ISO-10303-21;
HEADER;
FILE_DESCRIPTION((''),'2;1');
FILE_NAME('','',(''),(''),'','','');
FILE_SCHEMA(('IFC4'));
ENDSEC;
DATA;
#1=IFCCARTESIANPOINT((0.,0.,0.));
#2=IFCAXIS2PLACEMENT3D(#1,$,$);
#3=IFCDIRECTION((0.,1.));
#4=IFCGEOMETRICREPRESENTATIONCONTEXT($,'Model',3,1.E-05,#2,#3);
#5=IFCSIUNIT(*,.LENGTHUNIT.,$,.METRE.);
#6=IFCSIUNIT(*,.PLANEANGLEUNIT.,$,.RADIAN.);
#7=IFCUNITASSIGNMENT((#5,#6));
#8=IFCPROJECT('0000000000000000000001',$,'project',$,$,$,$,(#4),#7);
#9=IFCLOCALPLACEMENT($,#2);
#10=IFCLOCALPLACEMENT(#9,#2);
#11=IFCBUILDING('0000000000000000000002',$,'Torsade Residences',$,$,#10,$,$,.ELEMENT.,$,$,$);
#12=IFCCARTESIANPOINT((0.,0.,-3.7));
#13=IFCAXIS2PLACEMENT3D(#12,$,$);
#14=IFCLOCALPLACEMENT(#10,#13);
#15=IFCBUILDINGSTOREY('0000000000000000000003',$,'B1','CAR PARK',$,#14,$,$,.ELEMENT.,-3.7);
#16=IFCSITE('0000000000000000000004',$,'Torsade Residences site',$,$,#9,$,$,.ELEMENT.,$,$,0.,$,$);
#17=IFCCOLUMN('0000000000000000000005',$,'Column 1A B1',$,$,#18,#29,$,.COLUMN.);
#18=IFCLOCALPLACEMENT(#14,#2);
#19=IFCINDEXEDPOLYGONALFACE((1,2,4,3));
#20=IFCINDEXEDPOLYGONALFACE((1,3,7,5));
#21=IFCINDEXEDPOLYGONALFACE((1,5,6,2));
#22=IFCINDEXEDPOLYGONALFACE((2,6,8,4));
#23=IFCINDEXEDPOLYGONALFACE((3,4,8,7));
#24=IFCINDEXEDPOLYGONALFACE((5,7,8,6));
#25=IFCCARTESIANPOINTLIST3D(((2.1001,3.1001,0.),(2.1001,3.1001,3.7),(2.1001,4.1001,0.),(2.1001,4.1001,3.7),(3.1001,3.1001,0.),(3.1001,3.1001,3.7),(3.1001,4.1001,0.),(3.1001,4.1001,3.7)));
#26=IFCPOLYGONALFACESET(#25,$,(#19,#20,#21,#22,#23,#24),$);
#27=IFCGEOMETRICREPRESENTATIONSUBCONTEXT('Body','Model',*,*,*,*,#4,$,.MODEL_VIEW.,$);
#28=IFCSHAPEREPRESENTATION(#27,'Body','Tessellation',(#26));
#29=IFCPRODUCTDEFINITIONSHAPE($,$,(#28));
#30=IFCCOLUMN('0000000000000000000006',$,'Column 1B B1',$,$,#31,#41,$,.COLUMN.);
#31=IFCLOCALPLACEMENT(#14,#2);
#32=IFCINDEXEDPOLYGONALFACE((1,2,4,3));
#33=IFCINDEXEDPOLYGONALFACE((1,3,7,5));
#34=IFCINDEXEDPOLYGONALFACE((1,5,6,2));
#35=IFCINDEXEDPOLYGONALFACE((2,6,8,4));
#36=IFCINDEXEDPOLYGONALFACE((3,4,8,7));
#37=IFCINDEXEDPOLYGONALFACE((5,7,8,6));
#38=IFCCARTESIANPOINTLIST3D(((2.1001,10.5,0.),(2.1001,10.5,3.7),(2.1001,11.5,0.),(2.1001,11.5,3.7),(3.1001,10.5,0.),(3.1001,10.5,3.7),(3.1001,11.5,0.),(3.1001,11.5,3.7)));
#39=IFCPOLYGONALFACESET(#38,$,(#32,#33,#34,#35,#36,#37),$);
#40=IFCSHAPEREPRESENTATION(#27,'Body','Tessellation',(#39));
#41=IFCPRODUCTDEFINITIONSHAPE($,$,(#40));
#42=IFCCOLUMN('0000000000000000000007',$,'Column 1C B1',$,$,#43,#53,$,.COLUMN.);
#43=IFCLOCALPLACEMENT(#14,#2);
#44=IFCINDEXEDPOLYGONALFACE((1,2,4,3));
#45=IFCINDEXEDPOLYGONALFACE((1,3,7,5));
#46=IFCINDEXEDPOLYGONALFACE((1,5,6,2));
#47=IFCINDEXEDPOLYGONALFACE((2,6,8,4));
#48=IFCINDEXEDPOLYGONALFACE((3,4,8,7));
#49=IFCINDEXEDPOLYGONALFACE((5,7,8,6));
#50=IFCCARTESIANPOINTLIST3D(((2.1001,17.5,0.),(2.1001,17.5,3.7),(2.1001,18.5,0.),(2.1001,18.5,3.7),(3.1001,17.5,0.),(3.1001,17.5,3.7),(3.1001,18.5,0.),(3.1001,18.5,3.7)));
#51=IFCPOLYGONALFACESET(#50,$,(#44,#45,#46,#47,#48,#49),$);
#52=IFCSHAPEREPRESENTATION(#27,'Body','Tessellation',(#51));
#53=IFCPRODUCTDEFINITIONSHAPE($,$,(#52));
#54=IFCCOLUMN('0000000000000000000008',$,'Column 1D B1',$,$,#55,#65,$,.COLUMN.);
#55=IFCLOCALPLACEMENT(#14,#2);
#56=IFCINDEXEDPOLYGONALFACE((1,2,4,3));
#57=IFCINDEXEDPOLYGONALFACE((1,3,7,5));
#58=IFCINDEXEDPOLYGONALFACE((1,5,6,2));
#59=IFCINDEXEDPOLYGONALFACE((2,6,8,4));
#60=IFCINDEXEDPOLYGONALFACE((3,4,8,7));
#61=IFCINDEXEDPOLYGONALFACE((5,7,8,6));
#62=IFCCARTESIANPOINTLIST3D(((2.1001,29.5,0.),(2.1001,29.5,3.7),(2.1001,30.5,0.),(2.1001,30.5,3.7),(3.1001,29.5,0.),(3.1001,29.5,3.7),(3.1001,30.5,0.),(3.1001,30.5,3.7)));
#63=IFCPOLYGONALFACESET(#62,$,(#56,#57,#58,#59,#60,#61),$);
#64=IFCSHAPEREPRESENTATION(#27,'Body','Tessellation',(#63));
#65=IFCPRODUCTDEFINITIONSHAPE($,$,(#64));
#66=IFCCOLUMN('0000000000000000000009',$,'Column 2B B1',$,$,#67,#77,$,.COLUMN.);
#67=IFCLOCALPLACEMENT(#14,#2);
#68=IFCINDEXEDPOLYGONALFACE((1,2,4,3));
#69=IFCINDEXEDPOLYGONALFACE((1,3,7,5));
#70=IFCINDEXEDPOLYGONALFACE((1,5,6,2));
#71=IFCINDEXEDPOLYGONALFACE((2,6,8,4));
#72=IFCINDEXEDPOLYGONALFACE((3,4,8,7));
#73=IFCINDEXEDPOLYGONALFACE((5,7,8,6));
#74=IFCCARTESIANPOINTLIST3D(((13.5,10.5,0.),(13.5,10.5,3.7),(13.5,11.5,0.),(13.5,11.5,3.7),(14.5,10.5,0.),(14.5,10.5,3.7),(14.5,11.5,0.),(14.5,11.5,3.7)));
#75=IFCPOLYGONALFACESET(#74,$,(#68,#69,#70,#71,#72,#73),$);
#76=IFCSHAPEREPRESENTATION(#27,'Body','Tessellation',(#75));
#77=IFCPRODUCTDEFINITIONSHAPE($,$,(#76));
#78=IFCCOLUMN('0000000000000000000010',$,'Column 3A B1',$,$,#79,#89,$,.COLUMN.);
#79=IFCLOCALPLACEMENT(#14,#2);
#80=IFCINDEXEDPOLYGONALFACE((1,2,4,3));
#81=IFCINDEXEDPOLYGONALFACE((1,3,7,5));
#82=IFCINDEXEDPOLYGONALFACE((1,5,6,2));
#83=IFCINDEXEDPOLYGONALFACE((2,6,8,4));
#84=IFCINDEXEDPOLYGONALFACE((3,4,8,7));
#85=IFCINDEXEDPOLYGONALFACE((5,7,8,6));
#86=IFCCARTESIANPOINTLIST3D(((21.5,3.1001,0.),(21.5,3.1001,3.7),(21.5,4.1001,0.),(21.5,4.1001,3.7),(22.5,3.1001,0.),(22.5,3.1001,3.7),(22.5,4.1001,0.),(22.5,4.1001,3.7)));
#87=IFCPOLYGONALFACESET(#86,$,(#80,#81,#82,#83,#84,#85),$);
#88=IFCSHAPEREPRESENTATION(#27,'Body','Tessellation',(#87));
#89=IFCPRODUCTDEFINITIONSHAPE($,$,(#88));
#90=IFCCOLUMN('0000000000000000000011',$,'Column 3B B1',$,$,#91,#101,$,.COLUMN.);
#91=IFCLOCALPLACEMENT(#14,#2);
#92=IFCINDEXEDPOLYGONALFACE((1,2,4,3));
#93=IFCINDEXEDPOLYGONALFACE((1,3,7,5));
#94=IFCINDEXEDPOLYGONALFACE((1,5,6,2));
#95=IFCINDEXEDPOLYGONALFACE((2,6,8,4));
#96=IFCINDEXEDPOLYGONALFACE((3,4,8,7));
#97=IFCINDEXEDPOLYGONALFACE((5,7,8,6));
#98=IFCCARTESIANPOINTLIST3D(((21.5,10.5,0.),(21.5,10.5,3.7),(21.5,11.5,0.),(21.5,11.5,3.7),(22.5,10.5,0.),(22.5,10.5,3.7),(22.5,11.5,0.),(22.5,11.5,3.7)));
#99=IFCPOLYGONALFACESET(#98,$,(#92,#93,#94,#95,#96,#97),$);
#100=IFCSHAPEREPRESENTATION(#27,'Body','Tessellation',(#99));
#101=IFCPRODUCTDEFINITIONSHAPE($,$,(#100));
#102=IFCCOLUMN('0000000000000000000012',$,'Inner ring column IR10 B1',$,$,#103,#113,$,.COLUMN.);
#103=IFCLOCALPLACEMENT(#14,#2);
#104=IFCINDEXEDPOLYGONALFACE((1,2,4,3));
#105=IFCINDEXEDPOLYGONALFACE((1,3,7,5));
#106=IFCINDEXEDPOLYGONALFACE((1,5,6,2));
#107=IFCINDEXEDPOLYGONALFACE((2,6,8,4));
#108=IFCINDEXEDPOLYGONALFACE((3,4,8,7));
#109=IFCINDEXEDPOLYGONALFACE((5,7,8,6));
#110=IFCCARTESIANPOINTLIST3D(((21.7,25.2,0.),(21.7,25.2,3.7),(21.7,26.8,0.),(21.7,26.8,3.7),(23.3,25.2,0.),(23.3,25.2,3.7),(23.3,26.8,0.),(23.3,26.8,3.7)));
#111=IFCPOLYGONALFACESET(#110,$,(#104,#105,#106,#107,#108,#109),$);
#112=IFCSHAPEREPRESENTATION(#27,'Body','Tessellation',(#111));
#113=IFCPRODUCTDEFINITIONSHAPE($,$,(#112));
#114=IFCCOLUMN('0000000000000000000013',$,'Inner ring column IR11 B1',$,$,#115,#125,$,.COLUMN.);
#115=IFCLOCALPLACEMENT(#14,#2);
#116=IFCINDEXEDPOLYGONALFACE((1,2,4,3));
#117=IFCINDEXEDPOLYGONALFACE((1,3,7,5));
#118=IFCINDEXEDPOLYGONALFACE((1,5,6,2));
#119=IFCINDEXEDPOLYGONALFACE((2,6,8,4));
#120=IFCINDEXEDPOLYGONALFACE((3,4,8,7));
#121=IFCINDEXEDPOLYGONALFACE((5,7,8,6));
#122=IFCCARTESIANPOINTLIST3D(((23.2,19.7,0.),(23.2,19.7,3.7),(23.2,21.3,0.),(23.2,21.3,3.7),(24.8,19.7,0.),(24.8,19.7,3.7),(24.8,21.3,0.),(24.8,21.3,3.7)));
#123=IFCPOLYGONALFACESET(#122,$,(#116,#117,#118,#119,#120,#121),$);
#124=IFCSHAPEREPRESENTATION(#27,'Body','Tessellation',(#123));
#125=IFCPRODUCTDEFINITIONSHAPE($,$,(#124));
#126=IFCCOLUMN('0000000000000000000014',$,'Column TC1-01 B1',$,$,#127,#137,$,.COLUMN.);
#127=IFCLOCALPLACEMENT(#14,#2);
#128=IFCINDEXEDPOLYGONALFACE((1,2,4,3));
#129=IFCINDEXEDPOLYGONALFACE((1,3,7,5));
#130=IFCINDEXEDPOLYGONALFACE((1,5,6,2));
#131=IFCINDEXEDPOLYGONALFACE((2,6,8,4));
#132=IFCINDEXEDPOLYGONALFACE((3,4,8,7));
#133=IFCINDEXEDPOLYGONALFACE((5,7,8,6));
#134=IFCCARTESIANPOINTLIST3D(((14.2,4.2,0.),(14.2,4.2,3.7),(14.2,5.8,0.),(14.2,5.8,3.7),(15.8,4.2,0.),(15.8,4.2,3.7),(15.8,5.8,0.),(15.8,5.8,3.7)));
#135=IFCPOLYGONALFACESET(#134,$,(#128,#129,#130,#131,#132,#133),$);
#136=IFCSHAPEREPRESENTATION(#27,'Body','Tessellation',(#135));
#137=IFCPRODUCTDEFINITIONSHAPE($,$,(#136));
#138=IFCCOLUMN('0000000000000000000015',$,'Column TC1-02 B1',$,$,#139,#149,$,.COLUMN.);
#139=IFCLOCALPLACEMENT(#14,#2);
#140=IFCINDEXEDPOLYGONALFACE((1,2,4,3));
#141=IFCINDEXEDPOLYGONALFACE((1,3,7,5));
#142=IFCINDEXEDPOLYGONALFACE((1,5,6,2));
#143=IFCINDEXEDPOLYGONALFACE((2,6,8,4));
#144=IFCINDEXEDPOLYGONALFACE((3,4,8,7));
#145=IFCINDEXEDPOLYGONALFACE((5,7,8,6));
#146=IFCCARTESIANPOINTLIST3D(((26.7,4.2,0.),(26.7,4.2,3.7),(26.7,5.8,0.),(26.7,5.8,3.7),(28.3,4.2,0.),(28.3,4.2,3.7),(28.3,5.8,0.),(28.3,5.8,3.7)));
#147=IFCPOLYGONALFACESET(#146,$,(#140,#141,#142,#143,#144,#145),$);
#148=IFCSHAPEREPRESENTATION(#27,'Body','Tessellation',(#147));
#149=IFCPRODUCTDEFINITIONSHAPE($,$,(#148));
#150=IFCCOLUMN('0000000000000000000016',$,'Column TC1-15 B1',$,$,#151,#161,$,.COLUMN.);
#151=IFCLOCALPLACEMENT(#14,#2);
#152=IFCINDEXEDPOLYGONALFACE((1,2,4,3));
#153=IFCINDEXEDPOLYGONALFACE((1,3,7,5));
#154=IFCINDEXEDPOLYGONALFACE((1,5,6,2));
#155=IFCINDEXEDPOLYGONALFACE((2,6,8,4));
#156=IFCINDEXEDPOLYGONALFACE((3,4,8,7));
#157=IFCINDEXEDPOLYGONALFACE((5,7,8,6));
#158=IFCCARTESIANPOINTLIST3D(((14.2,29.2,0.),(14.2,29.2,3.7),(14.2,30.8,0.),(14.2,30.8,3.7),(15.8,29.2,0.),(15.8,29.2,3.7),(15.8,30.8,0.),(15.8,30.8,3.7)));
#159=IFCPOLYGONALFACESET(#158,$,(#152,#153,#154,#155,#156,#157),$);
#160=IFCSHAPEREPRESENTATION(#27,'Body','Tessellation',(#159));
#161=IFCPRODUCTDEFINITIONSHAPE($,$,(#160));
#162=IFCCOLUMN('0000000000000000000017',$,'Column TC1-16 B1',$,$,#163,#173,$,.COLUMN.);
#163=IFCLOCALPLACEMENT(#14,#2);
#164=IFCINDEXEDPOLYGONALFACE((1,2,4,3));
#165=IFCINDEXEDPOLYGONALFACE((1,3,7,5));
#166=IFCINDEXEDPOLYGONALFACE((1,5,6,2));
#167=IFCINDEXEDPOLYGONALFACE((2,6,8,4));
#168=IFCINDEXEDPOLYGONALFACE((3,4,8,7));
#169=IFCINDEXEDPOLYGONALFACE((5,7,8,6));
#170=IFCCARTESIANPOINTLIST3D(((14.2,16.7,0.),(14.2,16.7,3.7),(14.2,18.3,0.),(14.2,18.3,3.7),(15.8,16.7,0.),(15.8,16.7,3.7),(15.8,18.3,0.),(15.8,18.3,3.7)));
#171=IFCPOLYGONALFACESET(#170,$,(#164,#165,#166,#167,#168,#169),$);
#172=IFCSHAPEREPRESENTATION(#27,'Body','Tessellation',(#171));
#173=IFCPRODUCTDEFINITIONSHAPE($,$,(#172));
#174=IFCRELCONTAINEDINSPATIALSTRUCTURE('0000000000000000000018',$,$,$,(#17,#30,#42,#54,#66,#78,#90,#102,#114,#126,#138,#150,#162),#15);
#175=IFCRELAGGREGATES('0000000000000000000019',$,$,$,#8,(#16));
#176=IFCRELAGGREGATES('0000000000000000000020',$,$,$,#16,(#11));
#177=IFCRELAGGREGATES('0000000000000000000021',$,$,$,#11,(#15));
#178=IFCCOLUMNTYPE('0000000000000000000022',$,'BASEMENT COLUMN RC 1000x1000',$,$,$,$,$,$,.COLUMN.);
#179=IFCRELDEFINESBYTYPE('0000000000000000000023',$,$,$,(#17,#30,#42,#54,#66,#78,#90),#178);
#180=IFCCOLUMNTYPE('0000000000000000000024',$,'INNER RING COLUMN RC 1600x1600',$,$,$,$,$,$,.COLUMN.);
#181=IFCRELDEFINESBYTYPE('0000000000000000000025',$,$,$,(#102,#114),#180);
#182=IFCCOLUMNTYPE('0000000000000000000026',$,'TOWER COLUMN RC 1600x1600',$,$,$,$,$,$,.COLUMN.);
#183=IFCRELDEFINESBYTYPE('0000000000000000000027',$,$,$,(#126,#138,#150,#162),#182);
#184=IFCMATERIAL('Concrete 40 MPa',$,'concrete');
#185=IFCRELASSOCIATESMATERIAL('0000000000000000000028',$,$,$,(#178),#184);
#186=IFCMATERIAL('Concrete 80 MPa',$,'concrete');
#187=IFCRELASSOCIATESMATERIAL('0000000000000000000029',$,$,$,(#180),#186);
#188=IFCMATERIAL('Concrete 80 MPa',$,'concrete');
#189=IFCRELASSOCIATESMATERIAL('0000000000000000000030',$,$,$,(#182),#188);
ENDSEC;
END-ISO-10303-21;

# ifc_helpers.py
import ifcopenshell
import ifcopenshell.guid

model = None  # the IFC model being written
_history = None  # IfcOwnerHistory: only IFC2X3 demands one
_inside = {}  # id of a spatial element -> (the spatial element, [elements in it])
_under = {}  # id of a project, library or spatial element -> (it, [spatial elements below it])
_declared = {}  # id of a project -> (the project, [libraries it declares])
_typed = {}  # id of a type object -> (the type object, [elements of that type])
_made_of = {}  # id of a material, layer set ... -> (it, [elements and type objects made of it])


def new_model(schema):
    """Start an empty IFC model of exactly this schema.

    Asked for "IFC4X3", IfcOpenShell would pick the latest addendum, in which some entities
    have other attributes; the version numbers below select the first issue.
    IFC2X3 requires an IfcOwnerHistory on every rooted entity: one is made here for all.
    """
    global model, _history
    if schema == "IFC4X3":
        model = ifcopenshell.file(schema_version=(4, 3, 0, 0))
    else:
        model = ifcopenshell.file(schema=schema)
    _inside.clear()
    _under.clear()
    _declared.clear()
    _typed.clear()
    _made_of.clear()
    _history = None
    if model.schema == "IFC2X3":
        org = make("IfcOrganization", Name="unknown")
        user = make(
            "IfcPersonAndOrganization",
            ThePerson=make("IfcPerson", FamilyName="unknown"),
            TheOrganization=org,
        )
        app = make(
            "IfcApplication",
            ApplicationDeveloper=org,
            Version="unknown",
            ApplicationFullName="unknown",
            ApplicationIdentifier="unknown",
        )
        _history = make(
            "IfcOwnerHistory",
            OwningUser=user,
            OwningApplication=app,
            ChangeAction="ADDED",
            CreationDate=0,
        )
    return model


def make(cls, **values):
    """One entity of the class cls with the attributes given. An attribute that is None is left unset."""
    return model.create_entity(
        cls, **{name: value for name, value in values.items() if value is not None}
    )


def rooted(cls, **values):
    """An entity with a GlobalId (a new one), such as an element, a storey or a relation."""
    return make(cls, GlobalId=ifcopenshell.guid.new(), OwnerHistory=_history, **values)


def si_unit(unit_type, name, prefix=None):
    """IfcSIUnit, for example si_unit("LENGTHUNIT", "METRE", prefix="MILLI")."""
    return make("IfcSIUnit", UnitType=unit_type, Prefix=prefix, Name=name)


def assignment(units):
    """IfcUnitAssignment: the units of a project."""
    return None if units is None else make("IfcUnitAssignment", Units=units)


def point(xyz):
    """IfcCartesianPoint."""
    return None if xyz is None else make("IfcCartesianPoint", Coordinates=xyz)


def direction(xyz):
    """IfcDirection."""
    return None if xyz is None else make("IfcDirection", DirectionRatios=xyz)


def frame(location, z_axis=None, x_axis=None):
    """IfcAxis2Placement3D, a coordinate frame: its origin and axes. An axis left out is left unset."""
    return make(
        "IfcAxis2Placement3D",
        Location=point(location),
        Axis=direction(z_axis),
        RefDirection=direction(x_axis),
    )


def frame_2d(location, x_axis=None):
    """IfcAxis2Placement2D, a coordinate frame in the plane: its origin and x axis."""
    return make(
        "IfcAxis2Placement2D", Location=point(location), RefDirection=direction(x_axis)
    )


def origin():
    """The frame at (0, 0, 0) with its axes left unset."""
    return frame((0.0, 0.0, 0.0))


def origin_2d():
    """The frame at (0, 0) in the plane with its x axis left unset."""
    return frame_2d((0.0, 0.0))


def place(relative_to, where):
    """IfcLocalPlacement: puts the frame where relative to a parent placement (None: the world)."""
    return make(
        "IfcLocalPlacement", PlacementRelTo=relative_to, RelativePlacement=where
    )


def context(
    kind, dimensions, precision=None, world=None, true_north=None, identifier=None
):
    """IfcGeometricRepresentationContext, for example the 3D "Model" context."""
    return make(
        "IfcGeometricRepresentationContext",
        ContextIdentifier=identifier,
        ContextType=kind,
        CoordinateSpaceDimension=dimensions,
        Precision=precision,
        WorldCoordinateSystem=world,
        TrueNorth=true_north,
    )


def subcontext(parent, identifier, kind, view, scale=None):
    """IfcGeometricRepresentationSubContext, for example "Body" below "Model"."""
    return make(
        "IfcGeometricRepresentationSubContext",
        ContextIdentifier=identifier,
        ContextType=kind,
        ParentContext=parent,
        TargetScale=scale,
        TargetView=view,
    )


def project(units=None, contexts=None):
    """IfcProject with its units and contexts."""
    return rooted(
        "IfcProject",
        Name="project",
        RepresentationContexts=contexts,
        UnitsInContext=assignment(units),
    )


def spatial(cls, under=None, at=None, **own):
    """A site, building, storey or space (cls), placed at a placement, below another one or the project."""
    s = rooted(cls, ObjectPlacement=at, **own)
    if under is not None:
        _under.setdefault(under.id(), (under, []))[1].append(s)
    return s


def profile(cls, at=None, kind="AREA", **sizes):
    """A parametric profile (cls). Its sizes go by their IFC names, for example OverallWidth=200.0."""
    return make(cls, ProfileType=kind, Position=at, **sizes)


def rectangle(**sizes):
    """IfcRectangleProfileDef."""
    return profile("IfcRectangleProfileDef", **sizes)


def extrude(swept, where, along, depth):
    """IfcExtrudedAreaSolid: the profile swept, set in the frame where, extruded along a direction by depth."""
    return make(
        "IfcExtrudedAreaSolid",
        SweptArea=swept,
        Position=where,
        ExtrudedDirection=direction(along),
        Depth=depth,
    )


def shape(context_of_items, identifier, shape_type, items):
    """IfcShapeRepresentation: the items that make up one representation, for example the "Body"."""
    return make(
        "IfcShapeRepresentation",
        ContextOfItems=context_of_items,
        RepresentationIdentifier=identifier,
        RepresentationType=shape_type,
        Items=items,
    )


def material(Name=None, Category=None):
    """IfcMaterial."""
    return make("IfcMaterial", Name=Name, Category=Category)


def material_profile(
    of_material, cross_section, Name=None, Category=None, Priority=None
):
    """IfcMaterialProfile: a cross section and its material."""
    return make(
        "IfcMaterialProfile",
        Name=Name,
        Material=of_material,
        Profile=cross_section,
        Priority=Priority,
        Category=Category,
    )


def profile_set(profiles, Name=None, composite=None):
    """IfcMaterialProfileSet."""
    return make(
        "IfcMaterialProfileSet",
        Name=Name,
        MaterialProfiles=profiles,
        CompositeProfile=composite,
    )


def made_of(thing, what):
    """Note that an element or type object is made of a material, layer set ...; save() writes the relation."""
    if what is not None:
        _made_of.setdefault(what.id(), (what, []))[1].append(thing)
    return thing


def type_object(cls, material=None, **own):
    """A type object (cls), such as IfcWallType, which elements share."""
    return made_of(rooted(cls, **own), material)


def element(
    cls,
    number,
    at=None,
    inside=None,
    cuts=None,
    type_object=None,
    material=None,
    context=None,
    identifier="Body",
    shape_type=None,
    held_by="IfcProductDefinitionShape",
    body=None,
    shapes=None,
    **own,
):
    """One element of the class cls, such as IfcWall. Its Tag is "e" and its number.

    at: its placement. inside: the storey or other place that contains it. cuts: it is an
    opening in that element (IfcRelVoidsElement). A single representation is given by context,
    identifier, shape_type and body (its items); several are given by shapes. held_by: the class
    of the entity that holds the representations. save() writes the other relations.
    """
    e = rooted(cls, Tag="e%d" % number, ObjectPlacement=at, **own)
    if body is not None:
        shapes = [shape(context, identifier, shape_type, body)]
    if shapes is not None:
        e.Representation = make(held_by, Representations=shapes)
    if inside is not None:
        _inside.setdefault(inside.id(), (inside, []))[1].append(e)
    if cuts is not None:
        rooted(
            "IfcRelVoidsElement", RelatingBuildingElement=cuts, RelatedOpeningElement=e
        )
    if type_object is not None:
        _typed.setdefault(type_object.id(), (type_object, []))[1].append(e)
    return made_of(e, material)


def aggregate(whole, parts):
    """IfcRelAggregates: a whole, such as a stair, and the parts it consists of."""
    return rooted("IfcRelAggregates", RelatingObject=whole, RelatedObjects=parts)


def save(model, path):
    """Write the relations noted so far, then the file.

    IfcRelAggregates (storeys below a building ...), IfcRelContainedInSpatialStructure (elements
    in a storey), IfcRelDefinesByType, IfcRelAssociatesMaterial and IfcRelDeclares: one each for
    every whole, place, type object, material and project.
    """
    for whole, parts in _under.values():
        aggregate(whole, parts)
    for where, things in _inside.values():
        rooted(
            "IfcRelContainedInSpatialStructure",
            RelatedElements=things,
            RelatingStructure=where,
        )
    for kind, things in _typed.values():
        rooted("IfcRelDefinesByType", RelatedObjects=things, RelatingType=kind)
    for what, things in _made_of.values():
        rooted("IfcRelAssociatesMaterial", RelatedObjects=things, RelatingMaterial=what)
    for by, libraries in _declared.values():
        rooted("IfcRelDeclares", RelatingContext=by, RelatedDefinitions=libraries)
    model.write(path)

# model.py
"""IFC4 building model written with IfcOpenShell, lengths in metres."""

from ifc_helpers import new_model, si_unit, direction, frame, origin, origin_2d, place, context, subcontext, project, spatial, rectangle, extrude, material, material_profile, profile_set, type_object, element, save


model = new_model("IFC4")

# Units and contexts
model_context = context("Model", 3, precision=1e-05, world=origin(), true_north=direction((0.0, 1.0)))
body_context = subcontext(model_context, "Body", "Model", "MODEL_VIEW")
ifc_project = project(units=[si_unit("LENGTHUNIT", "METRE"), si_unit("PLANEANGLEUNIT", "RADIAN")], contexts=[model_context])

# Site, building, storey
site_placement = place(None, origin())
site = spatial("IfcSite", under=ifc_project, at=site_placement, Name="Torsade Residences site", CompositionType="ELEMENT", RefElevation=0.0)
building_placement = place(site_placement, origin())
building = spatial("IfcBuilding", under=site, at=building_placement, Name="Torsade Residences", CompositionType="ELEMENT")
storey_placement = place(building_placement, frame((0.0, 0.0, -3.7)))
storey = spatial("IfcBuildingStorey", under=building, at=storey_placement, Name="B1", Description="CAR PARK", CompositionType="ELEMENT", Elevation=-3.7)

# Columns
ifc_material_1 = material(Name="Concrete 40 MPa", Category="concrete")
ifc_material_profile_1 = material_profile(ifc_material_1, rectangle(XDim=1.0, YDim=1.0, at=origin_2d()), Name="RC 1000x1000")
ifc_profile_set_1 = profile_set([ifc_material_profile_1], Name="Concrete 40 MPa")
column_type_1 = type_object("IfcColumnType", Name="BASEMENT COLUMN RC 1000x1000", PredefinedType="COLUMN", material=ifc_profile_set_1)
for number, where, z_axis, x_axis, name in (
    (1, (2.6001, 3.6001, 0.0), (0.0, 0.0, 1.0), (1.0, 0.0, 0.0), "Column 1A B1"),
    (2, (2.6001, 11.0, 0.0), (0.0, 0.0, 1.0), (1.0, 0.0, 0.0), "Column 1B B1"),
    (3, (2.6001, 18.0, 0.0), (0.0, 0.0, 1.0), (1.0, 0.0, 0.0), "Column 1C B1"),
    (4, (2.6001, 30.0, 0.0), (0.0, 0.0, 1.0), (1.0, 0.0, 0.0), "Column 1D B1"),
    (5, (14.0, 11.0, 0.0), (0.0, 0.0, 1.0), (1.0, 0.0, 0.0), "Column 2B B1"),
    (6, (22.0, 3.6001, 0.0), (0.0, 0.0, 1.0), (1.0, 0.0, 0.0), "Column 3A B1"),
    (7, (22.0, 11.0, 0.0), (0.0, 0.0, 1.0), (1.0, 0.0, 0.0), "Column 3B B1"),
):
    element("IfcColumn", number, at=place(storey_placement, frame(where, z_axis=z_axis, x_axis=x_axis)), inside=storey, type_object=column_type_1, Name=name, PredefinedType="COLUMN", context=body_context, shape_type="SweptSolid", body=[
        extrude(rectangle(XDim=1.0, YDim=1.0, at=origin_2d()), origin(), (0.0, 0.0, 1.0), 3.7),
    ])
ifc_material_2 = material(Name="Concrete 80 MPa", Category="concrete")
ifc_material_profile_2 = material_profile(ifc_material_2, rectangle(XDim=1.6001, YDim=1.6001, at=origin_2d()), Name="RC 1600x1600")
ifc_profile_set_2 = profile_set([ifc_material_profile_2], Name="Concrete 80 MPa")
column_type_2 = type_object("IfcColumnType", Name="INNER RING COLUMN RC 1600x1600", PredefinedType="COLUMN", material=ifc_profile_set_2)
for number, where, z_axis, x_axis, name in (
    (8, (22.5, 26.0, 0.0), (0.0, 0.0, 1.0), (1.0, 0.0, 0.0), "Inner ring column IR10 B1"),
    (9, (24.0, 20.5, 0.0), (0.0, 0.0, 1.0), (1.0, 0.0, 0.0), "Inner ring column IR11 B1"),
):
    element("IfcColumn", number, at=place(storey_placement, frame(where, z_axis=z_axis, x_axis=x_axis)), inside=storey, type_object=column_type_2, Name=name, PredefinedType="COLUMN", context=body_context, shape_type="SweptSolid", body=[
        extrude(rectangle(XDim=1.6001, YDim=1.6001, at=origin_2d()), origin(), (0.0, 0.0, 1.0), 3.7),
    ])
ifc_material_3 = material(Name="Concrete 80 MPa", Category="concrete")
ifc_material_profile_3 = material_profile(ifc_material_3, rectangle(XDim=1.6001, YDim=1.6001, at=origin_2d()), Name="RC 1600x1600")
ifc_profile_set_3 = profile_set([ifc_material_profile_3], Name="Concrete 80 MPa")
column_type_3 = type_object("IfcColumnType", Name="TOWER COLUMN RC 1600x1600", PredefinedType="COLUMN", material=ifc_profile_set_3)
for number, where, z_axis, x_axis, name in (
    (10, (15.0, 5.0, 0.0), (0.0, 0.0, 1.0), (1.0, 0.0, 0.0), "Column TC1-01 B1"),
    (11, (27.5, 5.0, 0.0), (0.0, 0.0, 1.0), (1.0, 0.0, 0.0), "Column TC1-02 B1"),
    (12, (15.0, 30.0, 0.0), (0.0, 0.0, 1.0), (1.0, 0.0, 0.0), "Column TC1-15 B1"),
    (13, (15.0, 17.5, 0.0), (0.0, 0.0, 1.0), (1.0, 0.0, 0.0), "Column TC1-16 B1"),
):
    element("IfcColumn", number, at=place(storey_placement, frame(where, z_axis=z_axis, x_axis=x_axis)), inside=storey, type_object=column_type_3, Name=name, PredefinedType="COLUMN", context=body_context, shape_type="SweptSolid", body=[
        extrude(rectangle(XDim=1.6001, YDim=1.6001, at=origin_2d()), origin(), (0.0, 0.0, 1.0), 3.7),
    ])

save(model, "model.ifc")
